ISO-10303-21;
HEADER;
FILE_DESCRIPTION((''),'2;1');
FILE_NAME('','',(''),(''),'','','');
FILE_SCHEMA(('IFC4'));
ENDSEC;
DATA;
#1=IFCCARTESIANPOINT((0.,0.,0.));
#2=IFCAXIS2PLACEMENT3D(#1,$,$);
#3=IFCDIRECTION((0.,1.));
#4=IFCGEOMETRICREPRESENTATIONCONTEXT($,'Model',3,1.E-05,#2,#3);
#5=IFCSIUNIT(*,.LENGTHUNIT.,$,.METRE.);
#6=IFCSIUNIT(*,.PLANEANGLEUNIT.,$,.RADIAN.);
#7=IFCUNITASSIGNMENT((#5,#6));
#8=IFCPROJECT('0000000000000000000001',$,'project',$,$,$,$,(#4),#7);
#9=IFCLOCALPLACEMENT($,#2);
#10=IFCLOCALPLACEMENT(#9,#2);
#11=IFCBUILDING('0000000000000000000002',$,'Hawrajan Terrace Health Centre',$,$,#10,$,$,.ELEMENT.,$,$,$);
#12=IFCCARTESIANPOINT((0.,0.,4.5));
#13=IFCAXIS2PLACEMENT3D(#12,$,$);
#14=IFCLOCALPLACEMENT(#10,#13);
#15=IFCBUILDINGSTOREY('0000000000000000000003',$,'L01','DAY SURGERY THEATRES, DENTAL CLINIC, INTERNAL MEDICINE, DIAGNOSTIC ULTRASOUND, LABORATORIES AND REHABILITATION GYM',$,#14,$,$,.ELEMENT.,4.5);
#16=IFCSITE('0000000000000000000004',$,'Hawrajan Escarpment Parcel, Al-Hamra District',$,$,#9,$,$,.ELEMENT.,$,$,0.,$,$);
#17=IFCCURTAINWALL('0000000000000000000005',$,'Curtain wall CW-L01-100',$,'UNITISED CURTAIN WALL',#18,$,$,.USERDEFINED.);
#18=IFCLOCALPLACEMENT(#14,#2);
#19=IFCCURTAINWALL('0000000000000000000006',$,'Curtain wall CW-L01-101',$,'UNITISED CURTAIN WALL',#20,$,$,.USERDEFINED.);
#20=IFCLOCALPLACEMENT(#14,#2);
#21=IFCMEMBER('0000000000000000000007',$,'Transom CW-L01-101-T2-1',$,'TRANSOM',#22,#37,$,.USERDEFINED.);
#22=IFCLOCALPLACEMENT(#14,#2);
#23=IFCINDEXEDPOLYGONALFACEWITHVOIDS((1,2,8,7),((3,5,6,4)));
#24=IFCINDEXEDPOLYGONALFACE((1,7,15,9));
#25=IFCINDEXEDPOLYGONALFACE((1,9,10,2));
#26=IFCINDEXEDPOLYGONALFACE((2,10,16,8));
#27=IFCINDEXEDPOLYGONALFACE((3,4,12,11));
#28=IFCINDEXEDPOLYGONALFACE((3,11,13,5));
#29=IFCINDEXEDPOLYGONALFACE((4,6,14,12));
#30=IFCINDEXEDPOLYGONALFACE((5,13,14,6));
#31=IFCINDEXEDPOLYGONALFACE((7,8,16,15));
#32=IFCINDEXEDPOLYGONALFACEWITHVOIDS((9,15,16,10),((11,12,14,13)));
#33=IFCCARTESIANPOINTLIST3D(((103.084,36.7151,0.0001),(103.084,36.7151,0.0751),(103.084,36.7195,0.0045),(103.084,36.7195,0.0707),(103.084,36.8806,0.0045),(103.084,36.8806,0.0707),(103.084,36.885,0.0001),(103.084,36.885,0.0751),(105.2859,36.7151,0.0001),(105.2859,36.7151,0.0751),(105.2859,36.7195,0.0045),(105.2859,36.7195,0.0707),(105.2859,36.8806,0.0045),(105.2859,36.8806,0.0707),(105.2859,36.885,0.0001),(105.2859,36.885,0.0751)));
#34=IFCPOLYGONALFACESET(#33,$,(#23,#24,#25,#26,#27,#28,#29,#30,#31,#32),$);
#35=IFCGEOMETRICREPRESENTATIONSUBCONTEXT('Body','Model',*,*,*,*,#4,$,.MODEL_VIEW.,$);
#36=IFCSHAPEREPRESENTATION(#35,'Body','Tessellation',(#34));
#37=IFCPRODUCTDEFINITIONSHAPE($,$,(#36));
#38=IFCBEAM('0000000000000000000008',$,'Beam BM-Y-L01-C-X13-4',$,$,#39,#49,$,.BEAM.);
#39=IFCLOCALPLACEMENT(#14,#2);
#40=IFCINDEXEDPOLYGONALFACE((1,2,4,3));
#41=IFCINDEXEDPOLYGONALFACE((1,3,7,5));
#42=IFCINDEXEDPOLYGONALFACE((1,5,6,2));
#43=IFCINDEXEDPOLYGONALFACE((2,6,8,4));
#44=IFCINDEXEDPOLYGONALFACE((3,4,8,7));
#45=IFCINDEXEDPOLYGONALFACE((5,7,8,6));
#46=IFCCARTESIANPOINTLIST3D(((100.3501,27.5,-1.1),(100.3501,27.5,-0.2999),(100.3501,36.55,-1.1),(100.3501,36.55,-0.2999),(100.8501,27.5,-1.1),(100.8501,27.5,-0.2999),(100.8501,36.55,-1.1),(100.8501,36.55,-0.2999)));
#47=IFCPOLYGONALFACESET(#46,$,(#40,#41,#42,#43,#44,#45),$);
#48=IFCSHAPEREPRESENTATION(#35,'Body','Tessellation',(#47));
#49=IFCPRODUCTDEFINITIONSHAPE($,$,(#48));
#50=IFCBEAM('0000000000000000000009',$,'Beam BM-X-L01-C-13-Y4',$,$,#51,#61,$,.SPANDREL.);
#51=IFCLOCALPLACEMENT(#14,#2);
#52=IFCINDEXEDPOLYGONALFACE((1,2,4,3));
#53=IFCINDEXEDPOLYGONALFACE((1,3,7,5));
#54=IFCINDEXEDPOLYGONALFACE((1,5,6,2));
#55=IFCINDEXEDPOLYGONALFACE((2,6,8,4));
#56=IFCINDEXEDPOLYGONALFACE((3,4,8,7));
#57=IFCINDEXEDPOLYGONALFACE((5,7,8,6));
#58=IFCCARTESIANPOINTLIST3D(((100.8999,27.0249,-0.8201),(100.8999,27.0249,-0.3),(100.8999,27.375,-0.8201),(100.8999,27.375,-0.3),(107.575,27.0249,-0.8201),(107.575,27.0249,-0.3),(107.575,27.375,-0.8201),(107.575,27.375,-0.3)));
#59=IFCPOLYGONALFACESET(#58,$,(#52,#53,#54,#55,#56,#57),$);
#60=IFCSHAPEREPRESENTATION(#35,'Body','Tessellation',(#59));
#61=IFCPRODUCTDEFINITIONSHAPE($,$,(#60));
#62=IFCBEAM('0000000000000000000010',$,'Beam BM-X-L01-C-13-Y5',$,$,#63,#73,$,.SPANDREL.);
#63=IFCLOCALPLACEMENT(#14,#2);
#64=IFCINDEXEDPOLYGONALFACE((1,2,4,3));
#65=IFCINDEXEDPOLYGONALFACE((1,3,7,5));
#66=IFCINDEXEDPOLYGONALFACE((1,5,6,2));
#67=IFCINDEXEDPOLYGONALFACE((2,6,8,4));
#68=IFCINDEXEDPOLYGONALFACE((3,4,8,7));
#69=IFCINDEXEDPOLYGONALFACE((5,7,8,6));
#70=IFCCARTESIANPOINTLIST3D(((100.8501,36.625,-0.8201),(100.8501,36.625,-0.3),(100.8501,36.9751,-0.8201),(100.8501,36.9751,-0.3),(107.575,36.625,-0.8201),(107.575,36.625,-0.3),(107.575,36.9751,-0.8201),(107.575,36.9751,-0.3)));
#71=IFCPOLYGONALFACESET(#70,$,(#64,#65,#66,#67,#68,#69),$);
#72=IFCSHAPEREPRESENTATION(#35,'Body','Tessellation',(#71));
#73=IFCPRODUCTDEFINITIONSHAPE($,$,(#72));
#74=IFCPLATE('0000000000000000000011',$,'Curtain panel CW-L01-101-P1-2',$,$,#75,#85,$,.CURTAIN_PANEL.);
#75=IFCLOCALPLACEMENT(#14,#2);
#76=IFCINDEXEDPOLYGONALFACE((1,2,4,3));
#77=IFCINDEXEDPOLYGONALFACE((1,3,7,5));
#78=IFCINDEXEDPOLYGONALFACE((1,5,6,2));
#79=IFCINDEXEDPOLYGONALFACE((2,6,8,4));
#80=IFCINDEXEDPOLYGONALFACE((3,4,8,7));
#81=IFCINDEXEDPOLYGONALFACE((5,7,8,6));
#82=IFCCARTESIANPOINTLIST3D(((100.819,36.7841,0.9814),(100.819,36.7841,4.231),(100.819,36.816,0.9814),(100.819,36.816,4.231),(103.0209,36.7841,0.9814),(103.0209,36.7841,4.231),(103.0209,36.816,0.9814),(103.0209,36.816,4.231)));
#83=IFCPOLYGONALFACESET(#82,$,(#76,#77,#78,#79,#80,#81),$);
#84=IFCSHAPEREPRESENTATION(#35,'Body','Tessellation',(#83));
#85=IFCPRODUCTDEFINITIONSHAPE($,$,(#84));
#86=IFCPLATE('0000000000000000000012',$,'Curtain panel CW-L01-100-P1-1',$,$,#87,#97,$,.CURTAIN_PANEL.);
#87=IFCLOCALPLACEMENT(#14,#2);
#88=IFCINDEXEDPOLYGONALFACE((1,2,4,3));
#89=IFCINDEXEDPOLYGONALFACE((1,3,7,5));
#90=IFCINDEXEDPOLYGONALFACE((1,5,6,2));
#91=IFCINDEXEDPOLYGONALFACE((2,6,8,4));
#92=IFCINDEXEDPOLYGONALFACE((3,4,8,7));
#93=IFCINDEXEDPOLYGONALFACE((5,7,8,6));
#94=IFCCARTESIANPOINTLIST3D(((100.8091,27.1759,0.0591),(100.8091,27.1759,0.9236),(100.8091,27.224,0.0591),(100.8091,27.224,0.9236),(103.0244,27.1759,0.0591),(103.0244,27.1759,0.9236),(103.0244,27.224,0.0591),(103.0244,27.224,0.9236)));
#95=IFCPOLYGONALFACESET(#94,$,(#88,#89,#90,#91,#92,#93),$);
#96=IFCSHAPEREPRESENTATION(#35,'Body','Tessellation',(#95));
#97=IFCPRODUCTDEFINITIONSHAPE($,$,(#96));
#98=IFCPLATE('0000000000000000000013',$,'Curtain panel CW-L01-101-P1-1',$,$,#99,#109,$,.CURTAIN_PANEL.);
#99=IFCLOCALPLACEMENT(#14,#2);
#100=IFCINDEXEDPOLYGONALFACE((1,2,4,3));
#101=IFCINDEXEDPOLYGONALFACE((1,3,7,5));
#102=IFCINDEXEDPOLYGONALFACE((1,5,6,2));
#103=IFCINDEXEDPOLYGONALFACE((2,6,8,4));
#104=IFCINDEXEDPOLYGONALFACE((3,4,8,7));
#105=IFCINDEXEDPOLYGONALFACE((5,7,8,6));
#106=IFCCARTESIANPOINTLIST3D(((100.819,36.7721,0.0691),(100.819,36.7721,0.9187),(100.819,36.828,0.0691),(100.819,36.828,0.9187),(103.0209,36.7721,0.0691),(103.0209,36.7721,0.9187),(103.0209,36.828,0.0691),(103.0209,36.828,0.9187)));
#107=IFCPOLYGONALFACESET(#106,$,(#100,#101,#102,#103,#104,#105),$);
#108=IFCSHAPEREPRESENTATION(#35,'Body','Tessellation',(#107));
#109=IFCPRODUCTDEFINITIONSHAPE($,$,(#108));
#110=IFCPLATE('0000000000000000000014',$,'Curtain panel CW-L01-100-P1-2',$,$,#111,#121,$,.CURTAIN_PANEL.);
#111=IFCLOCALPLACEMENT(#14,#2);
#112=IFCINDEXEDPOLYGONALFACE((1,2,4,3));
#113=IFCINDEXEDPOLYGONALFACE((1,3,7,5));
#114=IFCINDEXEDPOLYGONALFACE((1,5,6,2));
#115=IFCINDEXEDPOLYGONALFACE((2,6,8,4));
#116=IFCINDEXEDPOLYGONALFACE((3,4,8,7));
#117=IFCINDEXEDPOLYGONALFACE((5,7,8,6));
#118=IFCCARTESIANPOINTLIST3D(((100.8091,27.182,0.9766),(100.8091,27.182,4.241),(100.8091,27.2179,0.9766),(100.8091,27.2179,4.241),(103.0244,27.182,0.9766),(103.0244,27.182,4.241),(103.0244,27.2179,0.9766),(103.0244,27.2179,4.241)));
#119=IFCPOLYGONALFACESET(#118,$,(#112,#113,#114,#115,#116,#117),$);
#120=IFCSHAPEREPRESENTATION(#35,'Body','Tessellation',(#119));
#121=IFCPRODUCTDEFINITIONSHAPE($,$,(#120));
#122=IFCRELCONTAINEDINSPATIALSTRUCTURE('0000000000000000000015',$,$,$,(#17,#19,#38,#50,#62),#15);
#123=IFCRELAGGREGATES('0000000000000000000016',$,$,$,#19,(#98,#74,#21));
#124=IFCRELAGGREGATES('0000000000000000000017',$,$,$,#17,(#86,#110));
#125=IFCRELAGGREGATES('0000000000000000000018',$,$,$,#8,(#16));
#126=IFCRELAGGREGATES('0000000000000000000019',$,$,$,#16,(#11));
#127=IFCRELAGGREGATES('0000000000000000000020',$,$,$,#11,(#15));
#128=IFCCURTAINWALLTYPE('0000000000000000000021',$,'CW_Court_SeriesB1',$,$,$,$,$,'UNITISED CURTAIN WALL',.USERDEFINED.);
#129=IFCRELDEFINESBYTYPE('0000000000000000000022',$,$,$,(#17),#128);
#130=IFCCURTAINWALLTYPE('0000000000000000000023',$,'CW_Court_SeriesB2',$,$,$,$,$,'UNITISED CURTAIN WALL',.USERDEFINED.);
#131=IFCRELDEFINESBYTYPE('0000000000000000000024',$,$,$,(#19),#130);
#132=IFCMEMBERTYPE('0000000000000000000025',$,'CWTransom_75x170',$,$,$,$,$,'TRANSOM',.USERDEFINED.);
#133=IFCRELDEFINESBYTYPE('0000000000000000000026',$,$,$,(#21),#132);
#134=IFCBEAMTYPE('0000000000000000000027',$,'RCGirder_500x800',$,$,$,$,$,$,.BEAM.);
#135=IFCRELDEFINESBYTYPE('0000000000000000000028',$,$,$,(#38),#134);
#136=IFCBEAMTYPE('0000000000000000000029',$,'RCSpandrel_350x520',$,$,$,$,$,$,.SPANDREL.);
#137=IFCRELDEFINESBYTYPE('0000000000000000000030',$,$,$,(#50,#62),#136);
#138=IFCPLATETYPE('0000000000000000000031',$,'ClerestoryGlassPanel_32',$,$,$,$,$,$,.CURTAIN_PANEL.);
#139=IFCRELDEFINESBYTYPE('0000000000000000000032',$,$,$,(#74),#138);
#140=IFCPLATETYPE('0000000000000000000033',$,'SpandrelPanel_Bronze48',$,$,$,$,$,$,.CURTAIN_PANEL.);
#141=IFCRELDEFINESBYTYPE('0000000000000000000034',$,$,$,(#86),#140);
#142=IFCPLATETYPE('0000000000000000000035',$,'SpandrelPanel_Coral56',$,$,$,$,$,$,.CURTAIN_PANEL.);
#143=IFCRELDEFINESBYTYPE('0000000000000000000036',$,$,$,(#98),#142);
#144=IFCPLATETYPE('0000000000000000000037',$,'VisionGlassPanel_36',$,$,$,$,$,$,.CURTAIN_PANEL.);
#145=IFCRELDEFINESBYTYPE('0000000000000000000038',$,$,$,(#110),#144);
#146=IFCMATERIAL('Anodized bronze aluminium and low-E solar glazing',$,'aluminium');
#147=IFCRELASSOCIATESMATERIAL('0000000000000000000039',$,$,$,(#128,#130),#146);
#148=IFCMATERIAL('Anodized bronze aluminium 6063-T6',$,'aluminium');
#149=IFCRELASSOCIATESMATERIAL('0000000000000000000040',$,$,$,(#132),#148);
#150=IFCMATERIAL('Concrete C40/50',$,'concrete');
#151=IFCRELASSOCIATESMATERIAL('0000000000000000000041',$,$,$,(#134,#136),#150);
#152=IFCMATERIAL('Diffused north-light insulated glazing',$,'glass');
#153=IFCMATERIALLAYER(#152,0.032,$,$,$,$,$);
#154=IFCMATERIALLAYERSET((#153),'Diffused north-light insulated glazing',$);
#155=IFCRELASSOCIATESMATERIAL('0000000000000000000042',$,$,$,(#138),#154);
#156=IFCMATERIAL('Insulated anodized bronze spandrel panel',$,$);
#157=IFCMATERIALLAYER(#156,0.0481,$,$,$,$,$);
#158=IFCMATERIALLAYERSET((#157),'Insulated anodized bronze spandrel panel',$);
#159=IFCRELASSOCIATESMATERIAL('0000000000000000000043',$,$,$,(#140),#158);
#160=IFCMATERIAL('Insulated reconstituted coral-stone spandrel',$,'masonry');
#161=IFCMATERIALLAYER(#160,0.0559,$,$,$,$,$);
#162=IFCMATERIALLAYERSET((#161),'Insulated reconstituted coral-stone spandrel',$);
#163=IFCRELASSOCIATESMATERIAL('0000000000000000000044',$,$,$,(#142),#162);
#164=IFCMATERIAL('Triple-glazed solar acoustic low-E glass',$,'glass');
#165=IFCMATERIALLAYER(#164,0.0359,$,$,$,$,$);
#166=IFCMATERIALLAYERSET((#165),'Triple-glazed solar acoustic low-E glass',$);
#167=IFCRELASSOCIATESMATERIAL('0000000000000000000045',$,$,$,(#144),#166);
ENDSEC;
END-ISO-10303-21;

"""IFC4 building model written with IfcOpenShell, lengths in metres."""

from ifc_helpers import new_model, si_unit, direction, frame, origin, origin_2d, place, context, subcontext, project, spatial, rectangle, hollow_rectangle, extrude, material, layer, layer_set, material_profile, profile_set, type_object, element, aggregate, save


model = new_model("IFC4")

# Units and contexts
model_context = context("Model", 3, precision=1e-05, world=origin(), true_north=direction((0.0, 1.0)))
body_context = subcontext(model_context, "Body", "Model", "MODEL_VIEW")
ifc_project = project(units=[si_unit("LENGTHUNIT", "METRE"), si_unit("PLANEANGLEUNIT", "RADIAN")], contexts=[model_context])

# Site, building, storey
site_placement = place(None, origin())
site = spatial("IfcSite", under=ifc_project, at=site_placement, Name="Hawrajan Escarpment Parcel, Al-Hamra District", CompositionType="ELEMENT", RefElevation=0.0)
building_placement = place(site_placement, origin())
building = spatial("IfcBuilding", under=site, at=building_placement, Name="Hawrajan Terrace Health Centre", CompositionType="ELEMENT")
storey_placement = place(building_placement, frame((0.0, 0.0, 4.5)))
storey = spatial("IfcBuildingStorey", under=building, at=storey_placement, Name="L01", Description="DAY SURGERY THEATRES, DENTAL CLINIC, INTERNAL MEDICINE, DIAGNOSTIC ULTRASOUND, LABORATORIES AND REHABILITATION GYM", CompositionType="ELEMENT", Elevation=4.5)

# Shared definitions
ifc_material_1 = material(Name="Anodized bronze aluminium and low-E solar glazing", Category="aluminium")
ifc_material_2 = material(Name="Anodized bronze aluminium 6063-T6", Category="aluminium")

# Curtain wall
curtain_wall_type_1 = type_object("IfcCurtainWallType", Name="CW_Court_SeriesB1", ElementType="UNITISED CURTAIN WALL", PredefinedType="USERDEFINED", material=ifc_material_1)
curtain_wall_1_placement = place(storey_placement, origin())
curtain_wall_1 = element("IfcCurtainWall", 1, at=curtain_wall_1_placement, inside=storey, type_object=curtain_wall_type_1, Name="Curtain wall CW-L01-100", ObjectType="UNITISED CURTAIN WALL", PredefinedType="USERDEFINED")

# Curtain wall
curtain_wall_type_2 = type_object("IfcCurtainWallType", Name="CW_Court_SeriesB2", ElementType="UNITISED CURTAIN WALL", PredefinedType="USERDEFINED", material=ifc_material_1)
curtain_wall_2_placement = place(storey_placement, origin())
curtain_wall_2 = element("IfcCurtainWall", 2, at=curtain_wall_2_placement, inside=storey, type_object=curtain_wall_type_2, Name="Curtain wall CW-L01-101", ObjectType="UNITISED CURTAIN WALL", PredefinedType="USERDEFINED")

# Member
ifc_material_profile_1 = material_profile(ifc_material_2, hollow_rectangle(XDim=0.075, YDim=0.1699, WallThickness=0.0044, at=origin_2d()), Name="CW TRN 75x170")
ifc_profile_set_1 = profile_set([ifc_material_profile_1], Name="Anodized bronze aluminium 6063-T6")
member_type_1 = type_object("IfcMemberType", Name="CWTransom_75x170", ElementType="TRANSOM", PredefinedType="USERDEFINED", material=ifc_profile_set_1)
member_1_placement = place(storey_placement, frame((103.084, 36.8, 0.0376), z_axis=(1.0, 0.0, 0.0), x_axis=(0.0, 0.0, 1.0)))
member_1 = element("IfcMember", 3, at=member_1_placement, type_object=member_type_1, Name="Transom CW-L01-101-T2-1", ObjectType="TRANSOM", PredefinedType="USERDEFINED", context=body_context, shape_type="SweptSolid", body=[
    extrude(hollow_rectangle(XDim=0.075, YDim=0.1699, WallThickness=0.0044, at=origin_2d()), origin(), (0.0, 0.0, 1.0), 2.2019),
])

# Beams
ifc_material_3 = material(Name="Concrete C40/50", Category="concrete")
ifc_material_profile_2 = material_profile(ifc_material_3, rectangle(XDim=0.5, YDim=0.8, at=origin_2d()), Name="RC BM 500x800")
ifc_profile_set_2 = profile_set([ifc_material_profile_2], Name="Concrete C40/50")
beam_type_1 = type_object("IfcBeamType", Name="RCGirder_500x800", PredefinedType="BEAM", material=ifc_profile_set_2)
beam_1_placement = place(storey_placement, frame((100.6001, 27.5, -0.7), z_axis=(0.0, 1.0, 0.0), x_axis=(-1.0, 0.0, 0.0)))
element("IfcBeam", 4, at=beam_1_placement, inside=storey, type_object=beam_type_1, Name="Beam BM-Y-L01-C-X13-4", PredefinedType="BEAM", context=body_context, shape_type="SweptSolid", body=[
    extrude(rectangle(XDim=0.5, YDim=0.8, at=origin_2d()), origin(), (0.0, 0.0, 1.0), 9.05),
])
ifc_material_profile_3 = material_profile(ifc_material_3, rectangle(XDim=0.3501, YDim=0.52, at=origin_2d()), Name="RC SP 350x520")
ifc_profile_set_3 = profile_set([ifc_material_profile_3], Name="Concrete C40/50")
beam_type_2 = type_object("IfcBeamType", Name="RCSpandrel_350x520", PredefinedType="SPANDREL", material=ifc_profile_set_3)
beam_2_placement = place(storey_placement, frame((100.8999, 27.2, -0.5601), z_axis=(1.0, 0.0, 0.0), x_axis=(0.0, 1.0, 0.0)))
element("IfcBeam", 5, at=beam_2_placement, inside=storey, type_object=beam_type_2, Name="Beam BM-X-L01-C-13-Y4", PredefinedType="SPANDREL", context=body_context, shape_type="SweptSolid", body=[
    extrude(rectangle(XDim=0.3501, YDim=0.52, at=origin_2d()), origin(), (0.0, 0.0, 1.0), 6.675),
])
beam_3_placement = place(storey_placement, frame((100.8501, 36.8, -0.5601), z_axis=(1.0, 0.0, 0.0), x_axis=(0.0, 1.0, 0.0)))
element("IfcBeam", 6, at=beam_3_placement, inside=storey, type_object=beam_type_2, Name="Beam BM-X-L01-C-13-Y5", PredefinedType="SPANDREL", context=body_context, shape_type="SweptSolid", body=[
    extrude(rectangle(XDim=0.3501, YDim=0.52, at=origin_2d()), origin(), (0.0, 0.0, 1.0), 6.7249),
])

# Plates
ifc_material_4 = material(Name="Diffused north-light insulated glazing", Category="glass")
ifc_layer_1 = layer(ifc_material_4, 0.032)
ifc_layer_set_1 = layer_set([ifc_layer_1], Name="Diffused north-light insulated glazing")
plate_type_1 = type_object("IfcPlateType", Name="ClerestoryGlassPanel_32", PredefinedType="CURTAIN_PANEL", material=ifc_layer_set_1)
plate_1_placement = place(storey_placement, frame((101.9199, 36.8, 0.9814), z_axis=(0.0, 0.0, 1.0), x_axis=(1.0, 0.0, 0.0)))
plate_1 = element("IfcPlate", 7, at=plate_1_placement, type_object=plate_type_1, Name="Curtain panel CW-L01-101-P1-2", PredefinedType="CURTAIN_PANEL", context=body_context, shape_type="SweptSolid", body=[
    extrude(rectangle(XDim=2.2019, YDim=0.032, at=origin_2d()), origin(), (0.0, 0.0, 1.0), 3.2495),
])
ifc_material_5 = material(Name="Insulated anodized bronze spandrel panel")
ifc_layer_2 = layer(ifc_material_5, 0.0481)
ifc_layer_set_2 = layer_set([ifc_layer_2], Name="Insulated anodized bronze spandrel panel")
plate_type_2 = type_object("IfcPlateType", Name="SpandrelPanel_Bronze48", PredefinedType="CURTAIN_PANEL", material=ifc_layer_set_2)
plate_2_placement = place(storey_placement, frame((101.9167, 27.2, 0.0591), z_axis=(0.0, 0.0, 1.0), x_axis=(1.0, 0.0, 0.0)))
plate_2 = element("IfcPlate", 8, at=plate_2_placement, type_object=plate_type_2, Name="Curtain panel CW-L01-100-P1-1", PredefinedType="CURTAIN_PANEL", context=body_context, shape_type="SweptSolid", body=[
    extrude(rectangle(XDim=2.2153, YDim=0.0481, at=origin_2d()), origin(), (0.0, 0.0, 1.0), 0.8645),
])
ifc_material_6 = material(Name="Insulated reconstituted coral-stone spandrel", Category="masonry")
ifc_layer_3 = layer(ifc_material_6, 0.0559)
ifc_layer_set_3 = layer_set([ifc_layer_3], Name="Insulated reconstituted coral-stone spandrel")
plate_type_3 = type_object("IfcPlateType", Name="SpandrelPanel_Coral56", PredefinedType="CURTAIN_PANEL", material=ifc_layer_set_3)
plate_3_placement = place(storey_placement, frame((101.9199, 36.8, 0.0691), z_axis=(0.0, 0.0, 1.0), x_axis=(1.0, 0.0, 0.0)))
plate_3 = element("IfcPlate", 9, at=plate_3_placement, type_object=plate_type_3, Name="Curtain panel CW-L01-101-P1-1", PredefinedType="CURTAIN_PANEL", context=body_context, shape_type="SweptSolid", body=[
    extrude(rectangle(XDim=2.2019, YDim=0.0559, at=origin_2d()), origin(), (0.0, 0.0, 1.0), 0.8496),
])
aggregate(curtain_wall_2, [plate_3, plate_1, member_1])
ifc_material_7 = material(Name="Triple-glazed solar acoustic low-E glass", Category="glass")
ifc_layer_4 = layer(ifc_material_7, 0.0359)
ifc_layer_set_4 = layer_set([ifc_layer_4], Name="Triple-glazed solar acoustic low-E glass")
plate_type_4 = type_object("IfcPlateType", Name="VisionGlassPanel_36", PredefinedType="CURTAIN_PANEL", material=ifc_layer_set_4)
plate_4_placement = place(storey_placement, frame((101.9167, 27.2, 0.9766), z_axis=(0.0, 0.0, 1.0), x_axis=(1.0, 0.0, 0.0)))
plate_4 = element("IfcPlate", 10, at=plate_4_placement, type_object=plate_type_4, Name="Curtain panel CW-L01-100-P1-2", PredefinedType="CURTAIN_PANEL", context=body_context, shape_type="SweptSolid", body=[
    extrude(rectangle(XDim=2.2153, YDim=0.0359, at=origin_2d()), origin(), (0.0, 0.0, 1.0), 3.2644),
])
aggregate(curtain_wall_1, [plate_2, plate_4])

save(model, "model.ifc")
